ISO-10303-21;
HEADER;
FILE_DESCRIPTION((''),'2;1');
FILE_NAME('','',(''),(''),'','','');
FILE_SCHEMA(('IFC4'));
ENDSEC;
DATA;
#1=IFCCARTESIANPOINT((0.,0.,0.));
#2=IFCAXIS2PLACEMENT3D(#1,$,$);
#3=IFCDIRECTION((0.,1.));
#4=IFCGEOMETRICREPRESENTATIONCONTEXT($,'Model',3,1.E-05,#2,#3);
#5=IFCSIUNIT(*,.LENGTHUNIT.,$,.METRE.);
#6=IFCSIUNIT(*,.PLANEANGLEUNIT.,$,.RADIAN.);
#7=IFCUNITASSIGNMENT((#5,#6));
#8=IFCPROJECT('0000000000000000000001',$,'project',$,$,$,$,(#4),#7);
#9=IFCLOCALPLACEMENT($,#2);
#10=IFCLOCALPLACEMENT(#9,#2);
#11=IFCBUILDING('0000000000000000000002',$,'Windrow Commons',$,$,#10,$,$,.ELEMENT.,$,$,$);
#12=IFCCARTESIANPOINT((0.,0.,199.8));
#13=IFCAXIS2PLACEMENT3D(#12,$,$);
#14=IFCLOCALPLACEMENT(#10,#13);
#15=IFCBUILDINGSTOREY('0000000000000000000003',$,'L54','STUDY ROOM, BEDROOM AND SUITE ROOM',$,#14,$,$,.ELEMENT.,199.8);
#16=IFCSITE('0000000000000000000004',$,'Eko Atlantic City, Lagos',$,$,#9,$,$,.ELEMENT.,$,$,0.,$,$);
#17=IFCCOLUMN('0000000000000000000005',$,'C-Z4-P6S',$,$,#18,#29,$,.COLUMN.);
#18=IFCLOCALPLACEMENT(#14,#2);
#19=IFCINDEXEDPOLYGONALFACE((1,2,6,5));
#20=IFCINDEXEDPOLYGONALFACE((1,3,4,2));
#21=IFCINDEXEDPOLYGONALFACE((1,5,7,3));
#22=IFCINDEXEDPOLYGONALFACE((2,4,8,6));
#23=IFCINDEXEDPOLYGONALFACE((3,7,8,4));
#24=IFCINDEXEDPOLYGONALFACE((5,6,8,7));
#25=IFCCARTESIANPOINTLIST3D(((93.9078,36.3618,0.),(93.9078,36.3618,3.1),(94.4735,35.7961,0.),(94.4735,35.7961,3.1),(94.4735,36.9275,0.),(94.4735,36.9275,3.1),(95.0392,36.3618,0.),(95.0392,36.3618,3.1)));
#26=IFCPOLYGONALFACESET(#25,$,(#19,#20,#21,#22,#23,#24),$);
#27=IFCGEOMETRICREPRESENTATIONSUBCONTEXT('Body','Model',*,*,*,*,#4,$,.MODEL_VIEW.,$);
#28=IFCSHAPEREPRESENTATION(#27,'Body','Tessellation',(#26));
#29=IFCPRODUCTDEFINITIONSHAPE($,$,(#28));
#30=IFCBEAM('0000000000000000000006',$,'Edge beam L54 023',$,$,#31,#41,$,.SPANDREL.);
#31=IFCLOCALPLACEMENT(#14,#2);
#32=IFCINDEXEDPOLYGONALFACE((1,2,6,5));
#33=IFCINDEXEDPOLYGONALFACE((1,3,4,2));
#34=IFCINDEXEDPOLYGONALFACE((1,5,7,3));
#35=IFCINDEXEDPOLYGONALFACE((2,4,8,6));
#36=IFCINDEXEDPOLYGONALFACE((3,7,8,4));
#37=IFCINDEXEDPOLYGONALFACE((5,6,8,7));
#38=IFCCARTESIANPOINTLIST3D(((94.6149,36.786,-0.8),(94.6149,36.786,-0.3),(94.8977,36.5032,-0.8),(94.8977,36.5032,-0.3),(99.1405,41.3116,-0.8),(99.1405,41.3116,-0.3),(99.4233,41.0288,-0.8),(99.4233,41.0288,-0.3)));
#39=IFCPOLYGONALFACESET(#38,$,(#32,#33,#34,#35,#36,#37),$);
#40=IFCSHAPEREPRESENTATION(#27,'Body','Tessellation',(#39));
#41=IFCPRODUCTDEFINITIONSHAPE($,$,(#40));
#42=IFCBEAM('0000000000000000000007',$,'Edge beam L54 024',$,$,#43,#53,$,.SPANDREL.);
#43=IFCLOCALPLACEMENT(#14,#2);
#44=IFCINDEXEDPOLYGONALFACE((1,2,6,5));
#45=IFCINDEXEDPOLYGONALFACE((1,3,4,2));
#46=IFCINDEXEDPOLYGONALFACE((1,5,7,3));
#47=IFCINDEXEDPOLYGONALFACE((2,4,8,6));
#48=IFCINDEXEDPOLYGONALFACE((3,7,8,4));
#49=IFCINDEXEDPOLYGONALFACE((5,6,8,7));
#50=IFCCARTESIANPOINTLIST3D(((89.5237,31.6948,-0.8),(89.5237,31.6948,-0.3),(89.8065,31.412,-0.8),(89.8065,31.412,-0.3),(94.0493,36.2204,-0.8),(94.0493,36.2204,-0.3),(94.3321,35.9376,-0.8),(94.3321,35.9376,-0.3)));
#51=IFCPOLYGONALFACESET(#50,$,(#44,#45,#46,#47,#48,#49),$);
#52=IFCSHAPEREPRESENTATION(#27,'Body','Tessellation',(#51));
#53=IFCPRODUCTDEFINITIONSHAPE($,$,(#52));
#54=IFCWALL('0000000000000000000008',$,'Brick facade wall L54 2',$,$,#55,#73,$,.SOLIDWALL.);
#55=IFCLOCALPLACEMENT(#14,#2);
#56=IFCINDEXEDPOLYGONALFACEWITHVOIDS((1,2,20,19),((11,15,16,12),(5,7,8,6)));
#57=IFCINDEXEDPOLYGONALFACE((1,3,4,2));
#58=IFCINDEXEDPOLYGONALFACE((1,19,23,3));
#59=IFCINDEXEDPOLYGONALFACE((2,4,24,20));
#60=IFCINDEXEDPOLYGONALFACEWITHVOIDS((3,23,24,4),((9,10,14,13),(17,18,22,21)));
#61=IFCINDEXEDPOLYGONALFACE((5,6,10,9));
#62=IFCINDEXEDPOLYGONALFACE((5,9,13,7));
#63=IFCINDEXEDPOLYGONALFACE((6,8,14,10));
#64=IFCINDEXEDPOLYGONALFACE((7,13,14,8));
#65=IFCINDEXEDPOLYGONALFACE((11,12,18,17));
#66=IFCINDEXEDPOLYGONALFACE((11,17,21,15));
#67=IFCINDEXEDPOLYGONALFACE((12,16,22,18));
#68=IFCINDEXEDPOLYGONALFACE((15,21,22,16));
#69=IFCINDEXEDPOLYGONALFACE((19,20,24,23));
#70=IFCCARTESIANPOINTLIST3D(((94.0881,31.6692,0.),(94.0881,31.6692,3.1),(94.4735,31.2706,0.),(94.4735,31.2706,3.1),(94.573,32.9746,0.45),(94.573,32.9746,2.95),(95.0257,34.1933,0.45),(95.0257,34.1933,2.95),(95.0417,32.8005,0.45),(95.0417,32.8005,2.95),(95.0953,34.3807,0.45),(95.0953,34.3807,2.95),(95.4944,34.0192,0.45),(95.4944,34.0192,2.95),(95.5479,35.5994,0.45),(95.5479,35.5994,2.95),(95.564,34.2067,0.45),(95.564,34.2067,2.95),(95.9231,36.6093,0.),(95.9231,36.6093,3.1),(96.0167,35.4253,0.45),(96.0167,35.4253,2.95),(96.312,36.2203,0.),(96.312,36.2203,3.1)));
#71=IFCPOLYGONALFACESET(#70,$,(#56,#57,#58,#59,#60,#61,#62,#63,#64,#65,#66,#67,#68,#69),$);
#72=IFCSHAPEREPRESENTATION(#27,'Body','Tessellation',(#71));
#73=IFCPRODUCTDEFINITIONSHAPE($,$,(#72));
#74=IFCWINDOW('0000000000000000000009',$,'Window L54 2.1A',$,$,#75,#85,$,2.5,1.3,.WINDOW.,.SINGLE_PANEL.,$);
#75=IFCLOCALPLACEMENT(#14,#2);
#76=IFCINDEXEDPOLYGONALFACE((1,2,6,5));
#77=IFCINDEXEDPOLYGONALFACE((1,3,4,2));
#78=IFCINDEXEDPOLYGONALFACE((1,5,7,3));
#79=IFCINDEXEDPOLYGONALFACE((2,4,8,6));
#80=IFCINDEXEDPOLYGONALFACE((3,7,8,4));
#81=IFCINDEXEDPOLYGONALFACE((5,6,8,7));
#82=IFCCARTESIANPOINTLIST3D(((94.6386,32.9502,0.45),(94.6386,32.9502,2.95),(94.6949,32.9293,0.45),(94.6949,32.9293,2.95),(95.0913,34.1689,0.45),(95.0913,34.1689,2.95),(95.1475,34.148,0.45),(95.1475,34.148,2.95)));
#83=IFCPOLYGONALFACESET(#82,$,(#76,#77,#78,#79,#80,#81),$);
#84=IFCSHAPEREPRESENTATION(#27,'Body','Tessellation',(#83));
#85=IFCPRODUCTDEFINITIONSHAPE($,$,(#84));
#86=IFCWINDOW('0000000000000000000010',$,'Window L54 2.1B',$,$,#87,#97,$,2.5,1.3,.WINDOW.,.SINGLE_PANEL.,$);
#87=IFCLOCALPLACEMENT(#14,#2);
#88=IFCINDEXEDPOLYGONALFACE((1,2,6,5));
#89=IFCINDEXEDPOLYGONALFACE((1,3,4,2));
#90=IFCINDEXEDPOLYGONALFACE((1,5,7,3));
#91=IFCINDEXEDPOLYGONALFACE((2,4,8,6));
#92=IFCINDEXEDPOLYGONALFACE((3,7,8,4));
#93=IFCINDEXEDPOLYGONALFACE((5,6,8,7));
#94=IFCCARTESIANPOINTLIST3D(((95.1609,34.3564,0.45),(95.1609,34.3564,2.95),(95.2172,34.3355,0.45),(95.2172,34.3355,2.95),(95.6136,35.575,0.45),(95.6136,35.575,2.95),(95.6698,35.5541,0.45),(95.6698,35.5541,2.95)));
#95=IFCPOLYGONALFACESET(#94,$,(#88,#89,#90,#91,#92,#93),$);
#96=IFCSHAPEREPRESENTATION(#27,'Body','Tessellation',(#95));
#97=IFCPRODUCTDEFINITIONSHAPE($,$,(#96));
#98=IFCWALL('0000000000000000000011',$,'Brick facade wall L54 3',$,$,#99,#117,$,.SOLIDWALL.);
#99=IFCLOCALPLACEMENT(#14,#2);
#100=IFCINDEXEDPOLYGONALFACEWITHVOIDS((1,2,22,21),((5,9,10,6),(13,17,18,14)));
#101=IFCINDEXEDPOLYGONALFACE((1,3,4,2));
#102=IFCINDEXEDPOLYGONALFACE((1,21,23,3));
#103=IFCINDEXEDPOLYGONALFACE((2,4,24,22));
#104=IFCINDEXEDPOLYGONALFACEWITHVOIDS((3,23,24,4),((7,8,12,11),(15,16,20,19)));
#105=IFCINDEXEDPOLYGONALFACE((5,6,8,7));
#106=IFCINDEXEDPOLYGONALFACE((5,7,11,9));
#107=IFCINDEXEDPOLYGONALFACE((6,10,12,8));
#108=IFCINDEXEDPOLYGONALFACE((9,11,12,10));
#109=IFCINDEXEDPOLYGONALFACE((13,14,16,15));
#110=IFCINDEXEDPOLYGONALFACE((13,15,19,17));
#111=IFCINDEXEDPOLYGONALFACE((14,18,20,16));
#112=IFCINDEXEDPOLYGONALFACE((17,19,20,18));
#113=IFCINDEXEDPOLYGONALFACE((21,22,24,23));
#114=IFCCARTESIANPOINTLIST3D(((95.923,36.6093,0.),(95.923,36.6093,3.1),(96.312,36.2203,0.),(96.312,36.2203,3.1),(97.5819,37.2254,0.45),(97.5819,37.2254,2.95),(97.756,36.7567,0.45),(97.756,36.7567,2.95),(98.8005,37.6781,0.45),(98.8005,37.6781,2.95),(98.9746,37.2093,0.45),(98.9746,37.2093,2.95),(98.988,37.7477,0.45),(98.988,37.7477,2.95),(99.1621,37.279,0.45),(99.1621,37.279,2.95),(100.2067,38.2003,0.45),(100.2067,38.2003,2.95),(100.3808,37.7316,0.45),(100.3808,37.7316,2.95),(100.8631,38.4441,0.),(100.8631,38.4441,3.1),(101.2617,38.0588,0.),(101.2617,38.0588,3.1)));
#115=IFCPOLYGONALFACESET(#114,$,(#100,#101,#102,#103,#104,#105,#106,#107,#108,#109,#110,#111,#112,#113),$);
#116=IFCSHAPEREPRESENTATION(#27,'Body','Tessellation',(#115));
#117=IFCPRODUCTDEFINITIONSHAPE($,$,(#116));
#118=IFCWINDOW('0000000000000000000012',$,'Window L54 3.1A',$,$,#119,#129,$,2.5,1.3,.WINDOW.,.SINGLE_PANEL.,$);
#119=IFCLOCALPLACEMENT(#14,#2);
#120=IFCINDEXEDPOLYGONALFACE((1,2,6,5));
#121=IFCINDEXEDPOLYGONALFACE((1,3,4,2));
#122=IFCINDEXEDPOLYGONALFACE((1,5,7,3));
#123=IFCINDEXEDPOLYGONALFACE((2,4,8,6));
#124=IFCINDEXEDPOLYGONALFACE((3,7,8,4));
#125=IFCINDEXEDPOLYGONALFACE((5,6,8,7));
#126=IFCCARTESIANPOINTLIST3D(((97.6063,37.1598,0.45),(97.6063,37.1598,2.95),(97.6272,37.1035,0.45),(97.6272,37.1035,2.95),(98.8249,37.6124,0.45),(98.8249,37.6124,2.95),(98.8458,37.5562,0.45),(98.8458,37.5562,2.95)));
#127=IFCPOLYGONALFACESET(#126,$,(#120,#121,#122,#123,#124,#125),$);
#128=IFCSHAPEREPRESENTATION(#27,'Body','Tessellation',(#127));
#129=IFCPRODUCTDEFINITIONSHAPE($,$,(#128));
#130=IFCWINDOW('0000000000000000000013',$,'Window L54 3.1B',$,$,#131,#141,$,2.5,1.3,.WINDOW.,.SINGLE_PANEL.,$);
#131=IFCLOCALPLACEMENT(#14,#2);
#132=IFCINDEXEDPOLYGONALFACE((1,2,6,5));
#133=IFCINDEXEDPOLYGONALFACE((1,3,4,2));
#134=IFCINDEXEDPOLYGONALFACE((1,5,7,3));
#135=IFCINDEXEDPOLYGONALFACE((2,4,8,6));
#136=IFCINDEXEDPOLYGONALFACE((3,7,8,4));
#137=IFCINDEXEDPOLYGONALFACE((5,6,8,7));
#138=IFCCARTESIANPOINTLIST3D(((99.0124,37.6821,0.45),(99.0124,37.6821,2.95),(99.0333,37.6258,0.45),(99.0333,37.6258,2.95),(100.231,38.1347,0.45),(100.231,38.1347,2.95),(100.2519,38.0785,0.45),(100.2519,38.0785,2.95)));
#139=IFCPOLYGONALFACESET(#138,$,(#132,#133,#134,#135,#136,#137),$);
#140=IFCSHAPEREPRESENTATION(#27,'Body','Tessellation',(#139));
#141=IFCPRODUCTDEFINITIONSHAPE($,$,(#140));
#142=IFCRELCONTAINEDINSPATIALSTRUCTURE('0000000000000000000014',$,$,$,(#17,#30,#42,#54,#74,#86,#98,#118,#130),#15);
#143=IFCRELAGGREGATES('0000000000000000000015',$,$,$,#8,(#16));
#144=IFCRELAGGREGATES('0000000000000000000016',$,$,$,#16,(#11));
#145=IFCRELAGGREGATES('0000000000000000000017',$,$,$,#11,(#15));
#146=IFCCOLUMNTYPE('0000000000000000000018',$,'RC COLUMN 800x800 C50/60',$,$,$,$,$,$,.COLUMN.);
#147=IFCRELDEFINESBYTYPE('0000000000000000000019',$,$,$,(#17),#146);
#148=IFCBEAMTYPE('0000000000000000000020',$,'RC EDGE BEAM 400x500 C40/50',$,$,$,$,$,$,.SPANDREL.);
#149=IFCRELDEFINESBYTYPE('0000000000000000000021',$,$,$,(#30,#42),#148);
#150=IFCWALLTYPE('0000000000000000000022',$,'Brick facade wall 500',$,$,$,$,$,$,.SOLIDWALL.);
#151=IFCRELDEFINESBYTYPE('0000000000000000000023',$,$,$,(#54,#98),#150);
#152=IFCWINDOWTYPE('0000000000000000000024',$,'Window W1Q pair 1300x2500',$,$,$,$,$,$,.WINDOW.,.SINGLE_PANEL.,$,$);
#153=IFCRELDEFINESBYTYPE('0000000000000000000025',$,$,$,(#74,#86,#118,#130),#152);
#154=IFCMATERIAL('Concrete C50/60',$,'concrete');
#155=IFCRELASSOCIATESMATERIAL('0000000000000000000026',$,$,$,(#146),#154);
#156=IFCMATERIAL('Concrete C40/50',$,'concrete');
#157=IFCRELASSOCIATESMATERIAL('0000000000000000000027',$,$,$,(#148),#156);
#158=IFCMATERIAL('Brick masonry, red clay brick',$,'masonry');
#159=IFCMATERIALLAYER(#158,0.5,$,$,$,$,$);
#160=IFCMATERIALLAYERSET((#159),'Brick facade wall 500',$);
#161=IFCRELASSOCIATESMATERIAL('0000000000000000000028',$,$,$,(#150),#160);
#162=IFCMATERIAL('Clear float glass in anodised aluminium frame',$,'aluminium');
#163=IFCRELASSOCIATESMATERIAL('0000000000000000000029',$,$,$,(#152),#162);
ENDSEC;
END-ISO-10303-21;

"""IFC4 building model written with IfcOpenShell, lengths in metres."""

from ifc_helpers import new_model, si_unit, direction, frame, frame_2d, origin, origin_2d, place, context, subcontext, project, spatial, polyline, rectangle, outline, extrude, material, layer, layer_set, material_profile, profile_set, type_object, element, fill, save


model = new_model("IFC4")

# Units and contexts
model_context = context("Model", 3, precision=1e-05, world=origin(), true_north=direction((0.0, 1.0)))
body_context = subcontext(model_context, "Body", "Model", "MODEL_VIEW")
ifc_project = project(units=[si_unit("LENGTHUNIT", "METRE"), si_unit("PLANEANGLEUNIT", "RADIAN")], contexts=[model_context])

# Site, building, storey
site_placement = place(None, origin())
site = spatial("IfcSite", under=ifc_project, at=site_placement, Name="Eko Atlantic City, Lagos", CompositionType="ELEMENT", RefElevation=0.0)
building_placement = place(site_placement, origin())
building = spatial("IfcBuilding", under=site, at=building_placement, Name="Windrow Commons", CompositionType="ELEMENT")
storey_placement = place(building_placement, frame((0.0, 0.0, 199.8)))
storey = spatial("IfcBuildingStorey", under=building, at=storey_placement, Name="L54", Description="STUDY ROOM, BEDROOM AND SUITE ROOM", CompositionType="ELEMENT", Elevation=199.8)

# Column
ifc_material_1 = material(Name="Concrete C50/60", Category="concrete")
ifc_material_profile_1 = material_profile(ifc_material_1, rectangle(XDim=0.8, YDim=0.8, at=origin_2d()))
ifc_profile_set_1 = profile_set([ifc_material_profile_1], Name="Concrete C50/60")
column_type = type_object("IfcColumnType", Name="RC COLUMN 800x800 C50/60", PredefinedType="COLUMN", material=ifc_profile_set_1)
column_placement = place(storey_placement, frame((94.4735, 36.3618, 0.0), z_axis=(0.0, 0.0, 1.0), x_axis=(0.707107, -0.707107, 0.0)))
element("IfcColumn", 1, at=column_placement, inside=storey, type_object=column_type, Name="C-Z4-P6S", PredefinedType="COLUMN", context=body_context, shape_type="SweptSolid", body=[
    extrude(rectangle(XDim=0.8, YDim=0.8, at=origin_2d()), origin(), (0.0, 0.0, 1.0), 3.1),
])

# Beams
ifc_material_2 = material(Name="Concrete C40/50", Category="concrete")
ifc_material_profile_2 = material_profile(ifc_material_2, rectangle(XDim=0.4, YDim=0.5, at=origin_2d()))
ifc_profile_set_2 = profile_set([ifc_material_profile_2], Name="Concrete C40/50")
beam_type = type_object("IfcBeamType", Name="RC EDGE BEAM 400x500 C40/50", PredefinedType="SPANDREL", material=ifc_profile_set_2)
for number, where, z_axis, x_axis, name in (
    (2, (99.2819, 41.1702, -0.55), (-0.707107, -0.707107, 0.0), (0.707107, -0.707107, 0.0), "Edge beam L54 023"),
    (3, (94.1907, 36.079, -0.55), (-0.707107, -0.707107, 0.0), (0.707107, -0.707107, 0.0), "Edge beam L54 024"),
):
    element("IfcBeam", number, at=place(storey_placement, frame(where, z_axis=z_axis, x_axis=x_axis)), inside=storey, type_object=beam_type, Name=name, PredefinedType="SPANDREL", context=body_context, shape_type="SweptSolid", body=[
        extrude(rectangle(XDim=0.4, YDim=0.5, at=origin_2d()), origin(), (0.0, 0.0, 1.0), 6.4002),
    ])

# Walls, openings, windows
ifc_material_3 = material(Name="Brick masonry, red clay brick", Category="masonry")
ifc_layer_1 = layer(ifc_material_3, 0.5)
ifc_layer_set_1 = layer_set([ifc_layer_1], Name="Brick facade wall 500")
wall_type_1 = type_object("IfcWallType", Name="Brick facade wall 500", PredefinedType="SOLIDWALL", material=ifc_layer_set_1)
wall_1_placement = place(storey_placement, frame((94.2808, 31.4699, 0.0), z_axis=(0.0, 0.0, 1.0), x_axis=(0.34819, 0.937424, 0.0)))
wall_1 = element("IfcWall", 4, at=wall_1_placement, inside=storey, type_object=wall_type_1, Name="Brick facade wall L54 2", PredefinedType="SOLIDWALL", context=body_context, shape_type="SweptSolid", body=[
    extrude(outline(polyline([(-0.1197, -0.25), (5.1604, -0.25), (5.3896, 0.25), (0.1197, 0.25), (-0.1197, -0.25)])), origin(), (0.0, 0.0, 1.0), 3.1),
])
opening_1_placement = place(wall_1_placement, frame((1.5123, 0.0, 0.45)))
opening_1 = element("IfcOpeningElement", 5, at=opening_1_placement, cuts=wall_1, PredefinedType="OPENING", context=body_context, shape_type="SweptSolid", body=[
    extrude(rectangle(XDim=1.3, YDim=2.5, at=frame_2d((0.65, 1.25))), frame((0.0, 0.26, 0.0), z_axis=(0.0, -1.0, 0.0), x_axis=(1.0, 0.0, 0.0)), (0.0, 0.0, 1.0), 0.52),
])
opening_2_placement = place(wall_1_placement, frame((3.0123, 0.0, 0.45)))
opening_2 = element("IfcOpeningElement", 6, at=opening_2_placement, cuts=wall_1, PredefinedType="OPENING", context=body_context, shape_type="SweptSolid", body=[
    extrude(rectangle(XDim=1.3, YDim=2.5, at=frame_2d((0.65, 1.25))), frame((0.0, 0.26, 0.0), z_axis=(0.0, -1.0, 0.0), x_axis=(1.0, 0.0, 0.0)), (0.0, 0.0, 1.0), 0.52),
])
ifc_material_4 = material(Name="Clear float glass in anodised aluminium frame", Category="aluminium")
window_type = type_object("IfcWindowType", Name="Window W1Q pair 1300x2500", PartitioningType="SINGLE_PANEL", PredefinedType="WINDOW", material=ifc_material_4)
window_1_placement = place(opening_1_placement, origin())
window_1 = element("IfcWindow", 7, at=window_1_placement, inside=storey, type_object=window_type, Name="Window L54 2.1A", OverallHeight=2.5, OverallWidth=1.3, PartitioningType="SINGLE_PANEL", PredefinedType="WINDOW", context=body_context, shape_type="SweptSolid", body=[
    extrude(rectangle(XDim=1.3, YDim=2.5, at=frame_2d((0.65, 1.25))), frame((0.0, 0.18, 0.0), z_axis=(0.0, -1.0, 0.0), x_axis=(1.0, 0.0, 0.0)), (0.0, 0.0, 1.0), 0.06),
])
fill(opening_1, window_1)
window_2_placement = place(opening_2_placement, origin())
window_2 = element("IfcWindow", 8, at=window_2_placement, inside=storey, type_object=window_type, Name="Window L54 2.1B", OverallHeight=2.5, OverallWidth=1.3, PartitioningType="SINGLE_PANEL", PredefinedType="WINDOW", context=body_context, shape_type="SweptSolid", body=[
    extrude(rectangle(XDim=1.3, YDim=2.5, at=frame_2d((0.65, 1.25))), frame((0.0, 0.18, 0.0), z_axis=(0.0, -1.0, 0.0), x_axis=(1.0, 0.0, 0.0)), (0.0, 0.0, 1.0), 0.06),
])
fill(opening_2, window_2)
wall_2_placement = place(storey_placement, frame((96.1175, 36.4148, 0.0), z_axis=(0.0, 0.0, 1.0), x_axis=(0.937424, 0.34819, 0.0)))
wall_2 = element("IfcWall", 9, at=wall_2_placement, inside=storey, type_object=wall_type_1, Name="Brick facade wall L54 3", PredefinedType="SOLIDWALL", context=body_context, shape_type="SweptSolid", body=[
    extrude(outline(polyline([(0.1146, -0.25), (5.3947, -0.25), (5.1552, 0.25), (-0.1146, 0.25), (0.1146, -0.25)])), origin(), (0.0, 0.0, 1.0), 3.1),
])
opening_3_placement = place(wall_2_placement, frame((1.655, 0.0, 0.45)))
opening_3 = element("IfcOpeningElement", 10, at=opening_3_placement, cuts=wall_2, PredefinedType="OPENING", context=body_context, shape_type="SweptSolid", body=[
    extrude(rectangle(XDim=1.3, YDim=2.5, at=frame_2d((0.65, 1.25))), frame((0.0, 0.26, 0.0), z_axis=(0.0, -1.0, 0.0), x_axis=(1.0, 0.0, 0.0)), (0.0, 0.0, 1.0), 0.52),
])
opening_4_placement = place(wall_2_placement, frame((3.155, 0.0, 0.45)))
opening_4 = element("IfcOpeningElement", 11, at=opening_4_placement, cuts=wall_2, PredefinedType="OPENING", context=body_context, shape_type="SweptSolid", body=[
    extrude(rectangle(XDim=1.3, YDim=2.5, at=frame_2d((0.65, 1.25))), frame((0.0, 0.26, 0.0), z_axis=(0.0, -1.0, 0.0), x_axis=(1.0, 0.0, 0.0)), (0.0, 0.0, 1.0), 0.52),
])
window_3_placement = place(opening_3_placement, origin())
window_3 = element("IfcWindow", 12, at=window_3_placement, inside=storey, type_object=window_type, Name="Window L54 3.1A", OverallHeight=2.5, OverallWidth=1.3, PartitioningType="SINGLE_PANEL", PredefinedType="WINDOW", context=body_context, shape_type="SweptSolid", body=[
    extrude(rectangle(XDim=1.3, YDim=2.5, at=frame_2d((0.65, 1.25))), frame((0.0, 0.18, 0.0), z_axis=(0.0, -1.0, 0.0), x_axis=(1.0, 0.0, 0.0)), (0.0, 0.0, 1.0), 0.06),
])
fill(opening_3, window_3)
window_4_placement = place(opening_4_placement, origin())
window_4 = element("IfcWindow", 13, at=window_4_placement, inside=storey, type_object=window_type, Name="Window L54 3.1B", OverallHeight=2.5, OverallWidth=1.3, PartitioningType="SINGLE_PANEL", PredefinedType="WINDOW", context=body_context, shape_type="SweptSolid", body=[
    extrude(rectangle(XDim=1.3, YDim=2.5, at=frame_2d((0.65, 1.25))), frame((0.0, 0.18, 0.0), z_axis=(0.0, -1.0, 0.0), x_axis=(1.0, 0.0, 0.0)), (0.0, 0.0, 1.0), 0.06),
])
fill(opening_4, window_4)

save(model, "model.ifc")
